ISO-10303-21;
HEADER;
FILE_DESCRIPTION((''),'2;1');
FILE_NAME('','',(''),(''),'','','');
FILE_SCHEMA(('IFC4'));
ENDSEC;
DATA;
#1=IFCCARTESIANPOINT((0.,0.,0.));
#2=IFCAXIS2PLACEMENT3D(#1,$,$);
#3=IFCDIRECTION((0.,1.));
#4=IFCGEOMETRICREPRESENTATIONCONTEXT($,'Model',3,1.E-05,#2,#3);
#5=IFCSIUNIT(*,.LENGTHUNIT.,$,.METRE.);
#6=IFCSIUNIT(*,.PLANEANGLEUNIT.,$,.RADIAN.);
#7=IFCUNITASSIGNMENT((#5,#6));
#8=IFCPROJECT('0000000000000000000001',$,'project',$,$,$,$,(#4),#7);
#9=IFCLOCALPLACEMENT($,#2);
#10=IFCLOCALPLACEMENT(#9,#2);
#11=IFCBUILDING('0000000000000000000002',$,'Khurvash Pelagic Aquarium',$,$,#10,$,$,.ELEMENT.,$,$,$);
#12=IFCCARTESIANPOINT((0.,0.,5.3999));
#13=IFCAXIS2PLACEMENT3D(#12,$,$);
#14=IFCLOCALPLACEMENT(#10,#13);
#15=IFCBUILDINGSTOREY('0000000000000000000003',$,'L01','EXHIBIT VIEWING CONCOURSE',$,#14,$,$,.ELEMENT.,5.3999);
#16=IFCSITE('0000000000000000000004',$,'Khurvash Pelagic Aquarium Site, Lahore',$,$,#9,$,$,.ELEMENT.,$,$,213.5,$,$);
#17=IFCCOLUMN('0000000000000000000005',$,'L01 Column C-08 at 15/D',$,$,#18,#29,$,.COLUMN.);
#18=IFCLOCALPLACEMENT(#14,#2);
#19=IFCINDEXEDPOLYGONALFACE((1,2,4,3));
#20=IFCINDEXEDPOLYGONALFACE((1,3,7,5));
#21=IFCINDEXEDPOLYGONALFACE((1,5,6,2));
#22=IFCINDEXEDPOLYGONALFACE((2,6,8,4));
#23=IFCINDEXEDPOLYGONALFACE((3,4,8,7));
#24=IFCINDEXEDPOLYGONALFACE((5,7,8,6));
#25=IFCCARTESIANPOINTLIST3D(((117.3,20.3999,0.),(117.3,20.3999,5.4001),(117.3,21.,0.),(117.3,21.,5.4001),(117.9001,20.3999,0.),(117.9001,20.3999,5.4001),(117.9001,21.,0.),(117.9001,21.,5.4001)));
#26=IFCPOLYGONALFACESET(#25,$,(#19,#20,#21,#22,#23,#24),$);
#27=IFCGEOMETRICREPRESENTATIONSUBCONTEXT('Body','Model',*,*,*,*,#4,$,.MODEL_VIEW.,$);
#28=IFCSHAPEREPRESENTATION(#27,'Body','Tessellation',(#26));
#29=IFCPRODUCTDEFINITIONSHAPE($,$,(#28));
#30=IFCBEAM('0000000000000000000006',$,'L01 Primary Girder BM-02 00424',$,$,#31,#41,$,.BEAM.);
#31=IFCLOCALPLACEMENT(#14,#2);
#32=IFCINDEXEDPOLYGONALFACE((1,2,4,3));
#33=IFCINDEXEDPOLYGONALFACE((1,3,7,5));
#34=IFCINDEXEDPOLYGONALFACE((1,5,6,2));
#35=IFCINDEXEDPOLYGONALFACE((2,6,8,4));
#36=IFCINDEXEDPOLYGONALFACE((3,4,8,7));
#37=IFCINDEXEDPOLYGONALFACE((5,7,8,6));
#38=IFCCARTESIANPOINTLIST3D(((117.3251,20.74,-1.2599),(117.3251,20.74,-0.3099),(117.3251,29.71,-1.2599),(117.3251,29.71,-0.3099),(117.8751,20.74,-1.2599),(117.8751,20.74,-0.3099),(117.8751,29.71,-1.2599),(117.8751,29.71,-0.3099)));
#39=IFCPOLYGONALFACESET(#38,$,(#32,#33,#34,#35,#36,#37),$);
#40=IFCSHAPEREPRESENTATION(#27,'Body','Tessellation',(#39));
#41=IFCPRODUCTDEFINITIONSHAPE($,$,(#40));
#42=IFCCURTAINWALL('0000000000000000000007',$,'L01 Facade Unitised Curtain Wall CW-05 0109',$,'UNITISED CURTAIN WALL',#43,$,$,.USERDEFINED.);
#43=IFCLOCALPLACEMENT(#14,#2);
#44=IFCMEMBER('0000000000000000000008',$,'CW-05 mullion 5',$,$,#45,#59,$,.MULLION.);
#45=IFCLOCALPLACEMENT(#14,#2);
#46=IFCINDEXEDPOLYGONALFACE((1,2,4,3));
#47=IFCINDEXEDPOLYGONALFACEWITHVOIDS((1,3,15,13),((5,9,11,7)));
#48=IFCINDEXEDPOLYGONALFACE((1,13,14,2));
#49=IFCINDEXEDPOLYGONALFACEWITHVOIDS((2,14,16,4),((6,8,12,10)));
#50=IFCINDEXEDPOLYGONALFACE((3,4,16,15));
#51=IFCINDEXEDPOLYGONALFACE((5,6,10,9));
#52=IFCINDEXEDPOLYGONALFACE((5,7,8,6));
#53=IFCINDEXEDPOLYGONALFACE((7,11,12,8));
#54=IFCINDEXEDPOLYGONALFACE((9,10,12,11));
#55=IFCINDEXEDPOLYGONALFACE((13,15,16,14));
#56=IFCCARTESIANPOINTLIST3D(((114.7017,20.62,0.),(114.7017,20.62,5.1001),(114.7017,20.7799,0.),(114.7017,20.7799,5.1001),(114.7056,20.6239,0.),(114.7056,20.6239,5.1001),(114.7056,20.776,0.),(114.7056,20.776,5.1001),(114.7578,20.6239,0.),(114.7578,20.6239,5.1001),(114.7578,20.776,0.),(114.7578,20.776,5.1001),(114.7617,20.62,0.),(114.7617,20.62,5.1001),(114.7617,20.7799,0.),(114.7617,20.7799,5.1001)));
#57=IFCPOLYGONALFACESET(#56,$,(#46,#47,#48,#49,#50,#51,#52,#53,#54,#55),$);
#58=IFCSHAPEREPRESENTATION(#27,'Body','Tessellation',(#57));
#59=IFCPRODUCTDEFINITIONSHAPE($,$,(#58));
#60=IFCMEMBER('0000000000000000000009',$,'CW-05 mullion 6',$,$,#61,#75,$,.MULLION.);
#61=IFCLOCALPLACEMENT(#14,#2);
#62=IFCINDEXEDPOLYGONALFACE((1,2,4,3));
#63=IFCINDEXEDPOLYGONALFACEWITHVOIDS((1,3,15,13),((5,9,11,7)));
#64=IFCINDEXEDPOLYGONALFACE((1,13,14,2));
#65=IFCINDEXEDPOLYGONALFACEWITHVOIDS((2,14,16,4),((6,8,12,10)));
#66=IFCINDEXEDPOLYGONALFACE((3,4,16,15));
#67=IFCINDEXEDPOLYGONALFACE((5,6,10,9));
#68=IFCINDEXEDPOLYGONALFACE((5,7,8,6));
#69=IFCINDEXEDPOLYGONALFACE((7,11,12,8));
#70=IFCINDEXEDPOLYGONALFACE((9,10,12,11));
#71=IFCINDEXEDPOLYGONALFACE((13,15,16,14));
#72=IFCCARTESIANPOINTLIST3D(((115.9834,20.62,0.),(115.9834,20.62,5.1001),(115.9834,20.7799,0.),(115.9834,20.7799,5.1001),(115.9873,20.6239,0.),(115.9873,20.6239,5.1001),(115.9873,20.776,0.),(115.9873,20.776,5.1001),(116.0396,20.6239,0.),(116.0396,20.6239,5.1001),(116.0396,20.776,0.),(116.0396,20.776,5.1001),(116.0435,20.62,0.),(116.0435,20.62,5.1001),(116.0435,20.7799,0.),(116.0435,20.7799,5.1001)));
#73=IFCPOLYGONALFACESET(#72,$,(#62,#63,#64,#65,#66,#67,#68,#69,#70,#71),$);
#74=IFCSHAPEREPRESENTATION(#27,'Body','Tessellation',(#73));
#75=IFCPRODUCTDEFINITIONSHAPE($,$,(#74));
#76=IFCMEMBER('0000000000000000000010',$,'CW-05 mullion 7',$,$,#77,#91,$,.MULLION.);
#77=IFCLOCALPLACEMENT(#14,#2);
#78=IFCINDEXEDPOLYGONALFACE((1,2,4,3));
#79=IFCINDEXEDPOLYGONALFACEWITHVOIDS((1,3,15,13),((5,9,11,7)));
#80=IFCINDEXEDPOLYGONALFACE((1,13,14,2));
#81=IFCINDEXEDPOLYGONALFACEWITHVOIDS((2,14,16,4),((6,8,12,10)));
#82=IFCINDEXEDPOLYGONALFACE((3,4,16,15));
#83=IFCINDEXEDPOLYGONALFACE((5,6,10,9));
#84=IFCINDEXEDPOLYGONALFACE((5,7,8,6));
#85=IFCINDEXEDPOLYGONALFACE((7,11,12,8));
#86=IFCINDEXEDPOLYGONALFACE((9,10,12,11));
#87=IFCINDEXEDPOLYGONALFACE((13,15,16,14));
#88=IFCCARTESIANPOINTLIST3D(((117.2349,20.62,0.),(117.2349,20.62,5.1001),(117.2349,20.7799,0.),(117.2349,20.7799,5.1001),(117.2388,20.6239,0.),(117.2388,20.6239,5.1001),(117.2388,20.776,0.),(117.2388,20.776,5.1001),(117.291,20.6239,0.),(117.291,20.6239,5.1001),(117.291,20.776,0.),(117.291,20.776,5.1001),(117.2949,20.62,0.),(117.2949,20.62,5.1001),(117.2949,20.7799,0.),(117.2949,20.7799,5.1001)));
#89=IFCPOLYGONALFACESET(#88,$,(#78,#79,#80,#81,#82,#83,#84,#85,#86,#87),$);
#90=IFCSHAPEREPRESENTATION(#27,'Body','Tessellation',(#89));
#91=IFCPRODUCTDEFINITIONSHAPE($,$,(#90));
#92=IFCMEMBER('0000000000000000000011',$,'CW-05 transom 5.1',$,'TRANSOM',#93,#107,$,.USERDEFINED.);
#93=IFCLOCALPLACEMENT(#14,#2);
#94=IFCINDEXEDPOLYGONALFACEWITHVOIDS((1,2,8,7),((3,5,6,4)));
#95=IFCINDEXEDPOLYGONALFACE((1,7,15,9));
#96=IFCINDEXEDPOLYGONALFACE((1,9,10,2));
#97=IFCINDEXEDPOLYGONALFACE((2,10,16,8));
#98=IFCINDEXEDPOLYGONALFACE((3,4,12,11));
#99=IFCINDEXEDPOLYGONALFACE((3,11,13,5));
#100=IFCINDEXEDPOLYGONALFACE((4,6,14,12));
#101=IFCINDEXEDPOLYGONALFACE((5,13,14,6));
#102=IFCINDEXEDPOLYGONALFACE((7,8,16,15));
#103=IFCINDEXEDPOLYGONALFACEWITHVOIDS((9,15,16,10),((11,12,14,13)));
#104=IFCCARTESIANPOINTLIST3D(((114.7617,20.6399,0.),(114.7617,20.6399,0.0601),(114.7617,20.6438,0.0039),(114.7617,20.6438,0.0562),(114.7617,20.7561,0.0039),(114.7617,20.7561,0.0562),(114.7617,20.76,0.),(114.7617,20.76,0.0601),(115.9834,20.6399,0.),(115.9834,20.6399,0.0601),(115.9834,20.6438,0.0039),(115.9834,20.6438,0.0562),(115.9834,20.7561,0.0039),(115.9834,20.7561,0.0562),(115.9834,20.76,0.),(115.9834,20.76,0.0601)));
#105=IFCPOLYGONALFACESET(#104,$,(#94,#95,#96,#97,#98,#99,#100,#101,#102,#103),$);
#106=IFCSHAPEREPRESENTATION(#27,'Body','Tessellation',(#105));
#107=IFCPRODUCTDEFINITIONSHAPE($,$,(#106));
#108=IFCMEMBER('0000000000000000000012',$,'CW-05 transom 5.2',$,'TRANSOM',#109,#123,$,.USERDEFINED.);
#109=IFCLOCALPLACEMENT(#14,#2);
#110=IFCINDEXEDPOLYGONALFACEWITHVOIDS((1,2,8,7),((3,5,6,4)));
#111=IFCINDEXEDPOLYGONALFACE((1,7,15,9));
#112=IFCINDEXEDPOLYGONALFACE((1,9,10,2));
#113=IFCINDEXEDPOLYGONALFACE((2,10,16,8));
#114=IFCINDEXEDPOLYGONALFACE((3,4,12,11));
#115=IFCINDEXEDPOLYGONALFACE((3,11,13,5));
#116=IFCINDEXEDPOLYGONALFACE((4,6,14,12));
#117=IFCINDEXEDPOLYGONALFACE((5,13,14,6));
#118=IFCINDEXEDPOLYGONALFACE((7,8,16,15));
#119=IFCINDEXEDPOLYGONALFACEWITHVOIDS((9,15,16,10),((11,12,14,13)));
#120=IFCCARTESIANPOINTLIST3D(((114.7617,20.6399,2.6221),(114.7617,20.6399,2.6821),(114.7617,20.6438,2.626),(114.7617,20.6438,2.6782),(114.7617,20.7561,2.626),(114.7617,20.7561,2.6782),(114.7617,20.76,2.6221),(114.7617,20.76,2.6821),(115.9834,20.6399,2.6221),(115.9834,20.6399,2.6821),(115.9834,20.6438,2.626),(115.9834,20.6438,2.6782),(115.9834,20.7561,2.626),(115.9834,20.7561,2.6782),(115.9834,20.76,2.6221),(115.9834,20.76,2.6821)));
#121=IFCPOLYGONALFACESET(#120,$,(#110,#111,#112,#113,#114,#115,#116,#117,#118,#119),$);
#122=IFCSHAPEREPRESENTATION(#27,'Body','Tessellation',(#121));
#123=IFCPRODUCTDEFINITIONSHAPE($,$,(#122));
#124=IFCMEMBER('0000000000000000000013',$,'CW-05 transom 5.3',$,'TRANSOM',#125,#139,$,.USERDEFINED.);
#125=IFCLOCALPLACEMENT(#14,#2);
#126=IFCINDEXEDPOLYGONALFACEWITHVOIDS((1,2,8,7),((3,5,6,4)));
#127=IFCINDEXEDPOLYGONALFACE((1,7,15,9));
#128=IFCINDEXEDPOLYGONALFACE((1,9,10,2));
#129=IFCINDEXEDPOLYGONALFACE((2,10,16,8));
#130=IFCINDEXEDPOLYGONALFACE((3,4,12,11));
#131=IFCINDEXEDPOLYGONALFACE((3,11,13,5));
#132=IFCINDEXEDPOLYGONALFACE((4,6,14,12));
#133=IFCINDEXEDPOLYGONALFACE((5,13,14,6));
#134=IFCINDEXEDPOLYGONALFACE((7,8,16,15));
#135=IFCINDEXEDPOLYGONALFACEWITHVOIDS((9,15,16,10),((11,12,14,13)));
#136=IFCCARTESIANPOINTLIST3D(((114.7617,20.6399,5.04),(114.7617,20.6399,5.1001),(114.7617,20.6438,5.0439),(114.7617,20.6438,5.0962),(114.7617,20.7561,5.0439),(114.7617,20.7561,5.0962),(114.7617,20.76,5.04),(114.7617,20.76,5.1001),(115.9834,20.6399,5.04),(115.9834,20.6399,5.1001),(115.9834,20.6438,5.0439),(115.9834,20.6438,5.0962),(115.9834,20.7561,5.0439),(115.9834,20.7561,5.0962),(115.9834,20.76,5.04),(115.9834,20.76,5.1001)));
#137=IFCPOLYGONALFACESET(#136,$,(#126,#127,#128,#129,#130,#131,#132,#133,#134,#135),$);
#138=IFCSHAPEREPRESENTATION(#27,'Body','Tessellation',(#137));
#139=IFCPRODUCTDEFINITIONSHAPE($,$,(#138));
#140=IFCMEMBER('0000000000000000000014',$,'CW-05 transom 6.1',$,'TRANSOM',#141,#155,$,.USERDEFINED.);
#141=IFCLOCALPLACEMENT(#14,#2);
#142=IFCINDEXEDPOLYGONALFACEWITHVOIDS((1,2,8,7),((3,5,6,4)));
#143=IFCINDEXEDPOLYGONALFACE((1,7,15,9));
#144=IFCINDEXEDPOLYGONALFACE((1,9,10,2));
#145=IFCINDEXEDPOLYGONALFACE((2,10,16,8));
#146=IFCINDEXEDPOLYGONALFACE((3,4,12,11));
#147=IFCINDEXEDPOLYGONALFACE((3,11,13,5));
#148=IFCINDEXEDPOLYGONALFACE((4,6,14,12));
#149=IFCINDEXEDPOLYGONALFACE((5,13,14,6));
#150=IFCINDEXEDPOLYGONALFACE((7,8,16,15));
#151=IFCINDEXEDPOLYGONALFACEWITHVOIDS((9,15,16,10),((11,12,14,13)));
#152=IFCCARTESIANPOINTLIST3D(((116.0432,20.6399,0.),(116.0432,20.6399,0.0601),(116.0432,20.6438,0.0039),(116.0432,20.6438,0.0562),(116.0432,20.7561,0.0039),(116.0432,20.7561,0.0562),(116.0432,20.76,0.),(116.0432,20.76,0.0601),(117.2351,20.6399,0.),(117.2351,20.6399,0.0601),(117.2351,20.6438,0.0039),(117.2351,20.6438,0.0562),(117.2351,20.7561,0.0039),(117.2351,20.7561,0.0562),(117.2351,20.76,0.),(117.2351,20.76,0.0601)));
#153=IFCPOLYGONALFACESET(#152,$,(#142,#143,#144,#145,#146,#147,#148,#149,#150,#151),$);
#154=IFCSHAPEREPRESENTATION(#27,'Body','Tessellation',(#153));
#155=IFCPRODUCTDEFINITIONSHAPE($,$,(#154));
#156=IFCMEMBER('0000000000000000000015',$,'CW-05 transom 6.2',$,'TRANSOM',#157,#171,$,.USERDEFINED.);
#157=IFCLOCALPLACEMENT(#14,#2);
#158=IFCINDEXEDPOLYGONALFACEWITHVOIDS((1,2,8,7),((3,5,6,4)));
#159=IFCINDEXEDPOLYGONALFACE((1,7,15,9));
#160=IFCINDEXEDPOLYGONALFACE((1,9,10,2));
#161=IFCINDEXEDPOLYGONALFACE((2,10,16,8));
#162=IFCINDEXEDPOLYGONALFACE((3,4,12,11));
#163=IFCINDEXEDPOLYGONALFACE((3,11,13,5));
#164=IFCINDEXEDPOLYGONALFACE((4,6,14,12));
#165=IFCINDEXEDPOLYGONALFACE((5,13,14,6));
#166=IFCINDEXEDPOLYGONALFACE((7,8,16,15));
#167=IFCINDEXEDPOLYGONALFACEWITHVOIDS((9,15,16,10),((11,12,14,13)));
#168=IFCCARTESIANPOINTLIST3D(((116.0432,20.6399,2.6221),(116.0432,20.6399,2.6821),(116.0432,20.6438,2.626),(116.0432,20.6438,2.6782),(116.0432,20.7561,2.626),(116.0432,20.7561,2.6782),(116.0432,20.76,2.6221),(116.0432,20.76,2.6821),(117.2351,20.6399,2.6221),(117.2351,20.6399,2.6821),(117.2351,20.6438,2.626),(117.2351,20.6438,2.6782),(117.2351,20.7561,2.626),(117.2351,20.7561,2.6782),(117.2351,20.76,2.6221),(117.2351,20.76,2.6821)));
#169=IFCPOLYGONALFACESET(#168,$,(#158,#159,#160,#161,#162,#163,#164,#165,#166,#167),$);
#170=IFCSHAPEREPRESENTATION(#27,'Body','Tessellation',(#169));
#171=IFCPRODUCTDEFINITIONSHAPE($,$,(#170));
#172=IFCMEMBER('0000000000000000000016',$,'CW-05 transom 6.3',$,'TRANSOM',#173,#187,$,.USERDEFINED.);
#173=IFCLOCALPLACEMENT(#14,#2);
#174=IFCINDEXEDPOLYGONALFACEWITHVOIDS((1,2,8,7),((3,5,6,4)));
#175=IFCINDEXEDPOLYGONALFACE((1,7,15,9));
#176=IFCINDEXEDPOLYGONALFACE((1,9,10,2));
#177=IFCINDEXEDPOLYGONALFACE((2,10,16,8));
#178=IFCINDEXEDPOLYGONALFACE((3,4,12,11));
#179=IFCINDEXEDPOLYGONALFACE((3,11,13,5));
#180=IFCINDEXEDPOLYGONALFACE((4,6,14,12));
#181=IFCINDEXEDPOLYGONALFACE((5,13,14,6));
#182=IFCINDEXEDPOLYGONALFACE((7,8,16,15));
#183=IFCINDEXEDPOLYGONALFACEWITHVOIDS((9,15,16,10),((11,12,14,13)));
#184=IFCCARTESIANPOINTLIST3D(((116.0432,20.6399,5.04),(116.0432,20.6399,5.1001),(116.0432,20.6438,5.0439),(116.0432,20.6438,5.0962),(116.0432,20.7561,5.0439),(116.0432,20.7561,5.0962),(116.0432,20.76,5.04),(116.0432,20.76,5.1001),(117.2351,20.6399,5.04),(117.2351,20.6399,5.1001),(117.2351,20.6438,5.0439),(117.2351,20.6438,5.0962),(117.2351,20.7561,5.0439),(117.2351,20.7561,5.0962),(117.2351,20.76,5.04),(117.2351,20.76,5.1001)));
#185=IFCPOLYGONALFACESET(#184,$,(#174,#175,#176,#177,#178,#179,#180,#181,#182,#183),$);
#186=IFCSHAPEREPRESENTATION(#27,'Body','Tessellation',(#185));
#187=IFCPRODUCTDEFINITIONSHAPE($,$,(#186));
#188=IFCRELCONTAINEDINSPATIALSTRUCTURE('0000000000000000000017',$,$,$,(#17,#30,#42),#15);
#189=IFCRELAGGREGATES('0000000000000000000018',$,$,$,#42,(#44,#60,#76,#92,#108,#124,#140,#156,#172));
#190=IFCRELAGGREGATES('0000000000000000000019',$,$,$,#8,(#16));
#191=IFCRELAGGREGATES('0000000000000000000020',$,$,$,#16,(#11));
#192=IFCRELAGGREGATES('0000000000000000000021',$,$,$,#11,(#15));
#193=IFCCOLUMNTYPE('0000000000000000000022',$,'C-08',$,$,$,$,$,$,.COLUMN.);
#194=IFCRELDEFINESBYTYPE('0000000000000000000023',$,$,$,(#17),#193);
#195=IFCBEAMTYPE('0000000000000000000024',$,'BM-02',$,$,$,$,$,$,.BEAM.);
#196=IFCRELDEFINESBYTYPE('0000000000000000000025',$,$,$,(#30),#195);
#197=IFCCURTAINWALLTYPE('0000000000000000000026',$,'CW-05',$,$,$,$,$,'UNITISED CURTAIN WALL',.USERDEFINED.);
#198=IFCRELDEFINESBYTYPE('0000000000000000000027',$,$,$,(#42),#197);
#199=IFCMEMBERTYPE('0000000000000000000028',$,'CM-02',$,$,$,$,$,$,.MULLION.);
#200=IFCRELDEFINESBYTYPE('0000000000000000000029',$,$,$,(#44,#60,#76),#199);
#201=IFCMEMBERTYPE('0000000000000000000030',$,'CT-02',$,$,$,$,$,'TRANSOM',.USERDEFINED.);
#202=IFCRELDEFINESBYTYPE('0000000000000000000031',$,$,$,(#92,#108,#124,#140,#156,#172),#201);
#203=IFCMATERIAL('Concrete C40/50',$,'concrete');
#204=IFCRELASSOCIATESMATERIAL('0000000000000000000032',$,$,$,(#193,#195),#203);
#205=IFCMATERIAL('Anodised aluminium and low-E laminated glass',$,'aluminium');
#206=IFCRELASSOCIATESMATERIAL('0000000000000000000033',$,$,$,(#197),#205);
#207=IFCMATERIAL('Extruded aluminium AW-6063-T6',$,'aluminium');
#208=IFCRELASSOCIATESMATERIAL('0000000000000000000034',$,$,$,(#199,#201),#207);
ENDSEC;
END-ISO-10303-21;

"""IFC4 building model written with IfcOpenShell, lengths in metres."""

from ifc_helpers import new_model, si_unit, direction, frame, origin, origin_2d, place, context, subcontext, project, spatial, rectangle, hollow_rectangle, extrude, material, material_profile, profile_set, type_object, element, aggregate, save


model = new_model("IFC4")

# Units and contexts
model_context = context("Model", 3, precision=1e-05, world=origin(), true_north=direction((0.0, 1.0)))
body_context = subcontext(model_context, "Body", "Model", "MODEL_VIEW")
ifc_project = project(units=[si_unit("LENGTHUNIT", "METRE"), si_unit("PLANEANGLEUNIT", "RADIAN")], contexts=[model_context])

# Site, building, storey
site_placement = place(None, origin())
site = spatial("IfcSite", under=ifc_project, at=site_placement, Name="Khurvash Pelagic Aquarium Site, Lahore", CompositionType="ELEMENT", RefElevation=213.5)
building_placement = place(site_placement, origin())
building = spatial("IfcBuilding", under=site, at=building_placement, Name="Khurvash Pelagic Aquarium", CompositionType="ELEMENT")
storey_placement = place(building_placement, frame((0.0, 0.0, 5.3999)))
storey = spatial("IfcBuildingStorey", under=building, at=storey_placement, Name="L01", Description="EXHIBIT VIEWING CONCOURSE", CompositionType="ELEMENT", Elevation=5.3999)

# Column
ifc_material_1 = material(Name="Concrete C40/50", Category="concrete")
ifc_material_profile_1 = material_profile(ifc_material_1, rectangle(XDim=0.6001, YDim=0.6001, at=origin_2d()), Name="RC600X600")
ifc_profile_set_1 = profile_set([ifc_material_profile_1], Name="Concrete C40/50")
column_type = type_object("IfcColumnType", Name="C-08", PredefinedType="COLUMN", material=ifc_profile_set_1)
column_placement = place(storey_placement, frame((117.6001, 20.7, 0.0), z_axis=(0.0, 0.0, 1.0), x_axis=(1.0, 0.0, 0.0)))
element("IfcColumn", 1, at=column_placement, inside=storey, type_object=column_type, Name="L01 Column C-08 at 15/D", PredefinedType="COLUMN", context=body_context, shape_type="SweptSolid", body=[
    extrude(rectangle(XDim=0.6001, YDim=0.6001, at=origin_2d()), origin(), (0.0, 0.0, 1.0), 5.4001),
])

# Beam
ifc_material_profile_2 = material_profile(ifc_material_1, rectangle(XDim=0.55, YDim=0.95, at=origin_2d()), Name="RC550X950")
ifc_profile_set_2 = profile_set([ifc_material_profile_2], Name="Concrete C40/50")
beam_type_1 = type_object("IfcBeamType", Name="BM-02", PredefinedType="BEAM", material=ifc_profile_set_2)
beam_1_placement = place(storey_placement, frame((117.6001, 20.74, -0.7849), z_axis=(0.0, 1.0, 0.0), x_axis=(-1.0, 0.0, 0.0)))
element("IfcBeam", 2, at=beam_1_placement, inside=storey, type_object=beam_type_1, Name="L01 Primary Girder BM-02 00424", PredefinedType="BEAM", context=body_context, shape_type="SweptSolid", body=[
    extrude(rectangle(XDim=0.55, YDim=0.95, at=origin_2d()), origin(), (0.0, 0.0, 1.0), 8.97),
])

# Curtain wall, members
ifc_material_2 = material(Name="Anodised aluminium and low-E laminated glass", Category="aluminium")
curtain_wall_type = type_object("IfcCurtainWallType", Name="CW-05", ElementType="UNITISED CURTAIN WALL", PredefinedType="USERDEFINED", material=ifc_material_2)
curtain_wall_placement = place(storey_placement, origin())
curtain_wall = element("IfcCurtainWall", 3, at=curtain_wall_placement, inside=storey, type_object=curtain_wall_type, Name="L01 Facade Unitised Curtain Wall CW-05 0109", ObjectType="UNITISED CURTAIN WALL", PredefinedType="USERDEFINED")
ifc_material_3 = material(Name="Extruded aluminium AW-6063-T6", Category="aluminium")
ifc_material_profile_3 = material_profile(ifc_material_3, hollow_rectangle(XDim=0.0601, YDim=0.1599, WallThickness=0.0039, at=origin_2d()), Name="CWM60X160X4")
ifc_profile_set_3 = profile_set([ifc_material_profile_3], Name="Extruded aluminium AW-6063-T6")
member_type_1 = type_object("IfcMemberType", Name="CM-02", PredefinedType="MULLION", material=ifc_profile_set_3)
member_1_placement = place(storey_placement, frame((114.7317, 20.7, 0.0), z_axis=(0.0, 0.0, 1.0), x_axis=(1.0, 0.0, 0.0)))
member_1 = element("IfcMember", 4, at=member_1_placement, type_object=member_type_1, Name="CW-05 mullion 5", PredefinedType="MULLION", context=body_context, shape_type="SweptSolid", body=[
    extrude(hollow_rectangle(XDim=0.0601, YDim=0.1599, WallThickness=0.0039, at=origin_2d()), origin(), (0.0, 0.0, 1.0), 5.1001),
])
member_2_placement = place(storey_placement, frame((116.0134, 20.7, 0.0), z_axis=(0.0, 0.0, 1.0), x_axis=(1.0, 0.0, 0.0)))
member_2 = element("IfcMember", 5, at=member_2_placement, type_object=member_type_1, Name="CW-05 mullion 6", PredefinedType="MULLION", context=body_context, shape_type="SweptSolid", body=[
    extrude(hollow_rectangle(XDim=0.0601, YDim=0.1599, WallThickness=0.0039, at=origin_2d()), origin(), (0.0, 0.0, 1.0), 5.1001),
])
member_3_placement = place(storey_placement, frame((117.2649, 20.7, 0.0), z_axis=(0.0, 0.0, 1.0), x_axis=(1.0, 0.0, 0.0)))
member_3 = element("IfcMember", 6, at=member_3_placement, type_object=member_type_1, Name="CW-05 mullion 7", PredefinedType="MULLION", context=body_context, shape_type="SweptSolid", body=[
    extrude(hollow_rectangle(XDim=0.0601, YDim=0.1599, WallThickness=0.0039, at=origin_2d()), origin(), (0.0, 0.0, 1.0), 5.1001),
])
ifc_material_profile_4 = material_profile(ifc_material_3, hollow_rectangle(XDim=0.1201, YDim=0.0601, WallThickness=0.0039, at=origin_2d()), Name="CWT120X60X4")
ifc_profile_set_4 = profile_set([ifc_material_profile_4], Name="Extruded aluminium AW-6063-T6")
member_type_2 = type_object("IfcMemberType", Name="CT-02", ElementType="TRANSOM", PredefinedType="USERDEFINED", material=ifc_profile_set_4)
member_4_placement = place(storey_placement, frame((114.7617, 20.7, 0.03), z_axis=(1.0, 0.0, 0.0), x_axis=(0.0, 1.0, 0.0)))
member_4 = element("IfcMember", 7, at=member_4_placement, type_object=member_type_2, Name="CW-05 transom 5.1", ObjectType="TRANSOM", PredefinedType="USERDEFINED", context=body_context, shape_type="SweptSolid", body=[
    extrude(hollow_rectangle(XDim=0.1201, YDim=0.0601, WallThickness=0.0039, at=origin_2d()), origin(), (0.0, 0.0, 1.0), 1.2217),
])
member_5_placement = place(storey_placement, frame((114.7617, 20.7, 2.6521), z_axis=(1.0, 0.0, 0.0), x_axis=(0.0, 1.0, 0.0)))
member_5 = element("IfcMember", 8, at=member_5_placement, type_object=member_type_2, Name="CW-05 transom 5.2", ObjectType="TRANSOM", PredefinedType="USERDEFINED", context=body_context, shape_type="SweptSolid", body=[
    extrude(hollow_rectangle(XDim=0.1201, YDim=0.0601, WallThickness=0.0039, at=origin_2d()), origin(), (0.0, 0.0, 1.0), 1.2217),
])
member_6_placement = place(storey_placement, frame((114.7617, 20.7, 5.0701), z_axis=(1.0, 0.0, 0.0), x_axis=(0.0, 1.0, 0.0)))
member_6 = element("IfcMember", 9, at=member_6_placement, type_object=member_type_2, Name="CW-05 transom 5.3", ObjectType="TRANSOM", PredefinedType="USERDEFINED", context=body_context, shape_type="SweptSolid", body=[
    extrude(hollow_rectangle(XDim=0.1201, YDim=0.0601, WallThickness=0.0039, at=origin_2d()), origin(), (0.0, 0.0, 1.0), 1.2217),
])
member_7_placement = place(storey_placement, frame((116.0432, 20.7, 0.03), z_axis=(1.0, 0.0, 0.0), x_axis=(0.0, 1.0, 0.0)))
member_7 = element("IfcMember", 10, at=member_7_placement, type_object=member_type_2, Name="CW-05 transom 6.1", ObjectType="TRANSOM", PredefinedType="USERDEFINED", context=body_context, shape_type="SweptSolid", body=[
    extrude(hollow_rectangle(XDim=0.1201, YDim=0.0601, WallThickness=0.0039, at=origin_2d()), origin(), (0.0, 0.0, 1.0), 1.1919),
])
member_8_placement = place(storey_placement, frame((116.0432, 20.7, 2.6521), z_axis=(1.0, 0.0, 0.0), x_axis=(0.0, 1.0, 0.0)))
member_8 = element("IfcMember", 11, at=member_8_placement, type_object=member_type_2, Name="CW-05 transom 6.2", ObjectType="TRANSOM", PredefinedType="USERDEFINED", context=body_context, shape_type="SweptSolid", body=[
    extrude(hollow_rectangle(XDim=0.1201, YDim=0.0601, WallThickness=0.0039, at=origin_2d()), origin(), (0.0, 0.0, 1.0), 1.1919),
])
member_9_placement = place(storey_placement, frame((116.0432, 20.7, 5.0701), z_axis=(1.0, 0.0, 0.0), x_axis=(0.0, 1.0, 0.0)))
member_9 = element("IfcMember", 12, at=member_9_placement, type_object=member_type_2, Name="CW-05 transom 6.3", ObjectType="TRANSOM", PredefinedType="USERDEFINED", context=body_context, shape_type="SweptSolid", body=[
    extrude(hollow_rectangle(XDim=0.1201, YDim=0.0601, WallThickness=0.0039, at=origin_2d()), origin(), (0.0, 0.0, 1.0), 1.1919),
])

aggregate(curtain_wall, [member_1, member_2, member_3, member_4, member_5, member_6, member_7, member_8, member_9])

save(model, "model.ifc")
